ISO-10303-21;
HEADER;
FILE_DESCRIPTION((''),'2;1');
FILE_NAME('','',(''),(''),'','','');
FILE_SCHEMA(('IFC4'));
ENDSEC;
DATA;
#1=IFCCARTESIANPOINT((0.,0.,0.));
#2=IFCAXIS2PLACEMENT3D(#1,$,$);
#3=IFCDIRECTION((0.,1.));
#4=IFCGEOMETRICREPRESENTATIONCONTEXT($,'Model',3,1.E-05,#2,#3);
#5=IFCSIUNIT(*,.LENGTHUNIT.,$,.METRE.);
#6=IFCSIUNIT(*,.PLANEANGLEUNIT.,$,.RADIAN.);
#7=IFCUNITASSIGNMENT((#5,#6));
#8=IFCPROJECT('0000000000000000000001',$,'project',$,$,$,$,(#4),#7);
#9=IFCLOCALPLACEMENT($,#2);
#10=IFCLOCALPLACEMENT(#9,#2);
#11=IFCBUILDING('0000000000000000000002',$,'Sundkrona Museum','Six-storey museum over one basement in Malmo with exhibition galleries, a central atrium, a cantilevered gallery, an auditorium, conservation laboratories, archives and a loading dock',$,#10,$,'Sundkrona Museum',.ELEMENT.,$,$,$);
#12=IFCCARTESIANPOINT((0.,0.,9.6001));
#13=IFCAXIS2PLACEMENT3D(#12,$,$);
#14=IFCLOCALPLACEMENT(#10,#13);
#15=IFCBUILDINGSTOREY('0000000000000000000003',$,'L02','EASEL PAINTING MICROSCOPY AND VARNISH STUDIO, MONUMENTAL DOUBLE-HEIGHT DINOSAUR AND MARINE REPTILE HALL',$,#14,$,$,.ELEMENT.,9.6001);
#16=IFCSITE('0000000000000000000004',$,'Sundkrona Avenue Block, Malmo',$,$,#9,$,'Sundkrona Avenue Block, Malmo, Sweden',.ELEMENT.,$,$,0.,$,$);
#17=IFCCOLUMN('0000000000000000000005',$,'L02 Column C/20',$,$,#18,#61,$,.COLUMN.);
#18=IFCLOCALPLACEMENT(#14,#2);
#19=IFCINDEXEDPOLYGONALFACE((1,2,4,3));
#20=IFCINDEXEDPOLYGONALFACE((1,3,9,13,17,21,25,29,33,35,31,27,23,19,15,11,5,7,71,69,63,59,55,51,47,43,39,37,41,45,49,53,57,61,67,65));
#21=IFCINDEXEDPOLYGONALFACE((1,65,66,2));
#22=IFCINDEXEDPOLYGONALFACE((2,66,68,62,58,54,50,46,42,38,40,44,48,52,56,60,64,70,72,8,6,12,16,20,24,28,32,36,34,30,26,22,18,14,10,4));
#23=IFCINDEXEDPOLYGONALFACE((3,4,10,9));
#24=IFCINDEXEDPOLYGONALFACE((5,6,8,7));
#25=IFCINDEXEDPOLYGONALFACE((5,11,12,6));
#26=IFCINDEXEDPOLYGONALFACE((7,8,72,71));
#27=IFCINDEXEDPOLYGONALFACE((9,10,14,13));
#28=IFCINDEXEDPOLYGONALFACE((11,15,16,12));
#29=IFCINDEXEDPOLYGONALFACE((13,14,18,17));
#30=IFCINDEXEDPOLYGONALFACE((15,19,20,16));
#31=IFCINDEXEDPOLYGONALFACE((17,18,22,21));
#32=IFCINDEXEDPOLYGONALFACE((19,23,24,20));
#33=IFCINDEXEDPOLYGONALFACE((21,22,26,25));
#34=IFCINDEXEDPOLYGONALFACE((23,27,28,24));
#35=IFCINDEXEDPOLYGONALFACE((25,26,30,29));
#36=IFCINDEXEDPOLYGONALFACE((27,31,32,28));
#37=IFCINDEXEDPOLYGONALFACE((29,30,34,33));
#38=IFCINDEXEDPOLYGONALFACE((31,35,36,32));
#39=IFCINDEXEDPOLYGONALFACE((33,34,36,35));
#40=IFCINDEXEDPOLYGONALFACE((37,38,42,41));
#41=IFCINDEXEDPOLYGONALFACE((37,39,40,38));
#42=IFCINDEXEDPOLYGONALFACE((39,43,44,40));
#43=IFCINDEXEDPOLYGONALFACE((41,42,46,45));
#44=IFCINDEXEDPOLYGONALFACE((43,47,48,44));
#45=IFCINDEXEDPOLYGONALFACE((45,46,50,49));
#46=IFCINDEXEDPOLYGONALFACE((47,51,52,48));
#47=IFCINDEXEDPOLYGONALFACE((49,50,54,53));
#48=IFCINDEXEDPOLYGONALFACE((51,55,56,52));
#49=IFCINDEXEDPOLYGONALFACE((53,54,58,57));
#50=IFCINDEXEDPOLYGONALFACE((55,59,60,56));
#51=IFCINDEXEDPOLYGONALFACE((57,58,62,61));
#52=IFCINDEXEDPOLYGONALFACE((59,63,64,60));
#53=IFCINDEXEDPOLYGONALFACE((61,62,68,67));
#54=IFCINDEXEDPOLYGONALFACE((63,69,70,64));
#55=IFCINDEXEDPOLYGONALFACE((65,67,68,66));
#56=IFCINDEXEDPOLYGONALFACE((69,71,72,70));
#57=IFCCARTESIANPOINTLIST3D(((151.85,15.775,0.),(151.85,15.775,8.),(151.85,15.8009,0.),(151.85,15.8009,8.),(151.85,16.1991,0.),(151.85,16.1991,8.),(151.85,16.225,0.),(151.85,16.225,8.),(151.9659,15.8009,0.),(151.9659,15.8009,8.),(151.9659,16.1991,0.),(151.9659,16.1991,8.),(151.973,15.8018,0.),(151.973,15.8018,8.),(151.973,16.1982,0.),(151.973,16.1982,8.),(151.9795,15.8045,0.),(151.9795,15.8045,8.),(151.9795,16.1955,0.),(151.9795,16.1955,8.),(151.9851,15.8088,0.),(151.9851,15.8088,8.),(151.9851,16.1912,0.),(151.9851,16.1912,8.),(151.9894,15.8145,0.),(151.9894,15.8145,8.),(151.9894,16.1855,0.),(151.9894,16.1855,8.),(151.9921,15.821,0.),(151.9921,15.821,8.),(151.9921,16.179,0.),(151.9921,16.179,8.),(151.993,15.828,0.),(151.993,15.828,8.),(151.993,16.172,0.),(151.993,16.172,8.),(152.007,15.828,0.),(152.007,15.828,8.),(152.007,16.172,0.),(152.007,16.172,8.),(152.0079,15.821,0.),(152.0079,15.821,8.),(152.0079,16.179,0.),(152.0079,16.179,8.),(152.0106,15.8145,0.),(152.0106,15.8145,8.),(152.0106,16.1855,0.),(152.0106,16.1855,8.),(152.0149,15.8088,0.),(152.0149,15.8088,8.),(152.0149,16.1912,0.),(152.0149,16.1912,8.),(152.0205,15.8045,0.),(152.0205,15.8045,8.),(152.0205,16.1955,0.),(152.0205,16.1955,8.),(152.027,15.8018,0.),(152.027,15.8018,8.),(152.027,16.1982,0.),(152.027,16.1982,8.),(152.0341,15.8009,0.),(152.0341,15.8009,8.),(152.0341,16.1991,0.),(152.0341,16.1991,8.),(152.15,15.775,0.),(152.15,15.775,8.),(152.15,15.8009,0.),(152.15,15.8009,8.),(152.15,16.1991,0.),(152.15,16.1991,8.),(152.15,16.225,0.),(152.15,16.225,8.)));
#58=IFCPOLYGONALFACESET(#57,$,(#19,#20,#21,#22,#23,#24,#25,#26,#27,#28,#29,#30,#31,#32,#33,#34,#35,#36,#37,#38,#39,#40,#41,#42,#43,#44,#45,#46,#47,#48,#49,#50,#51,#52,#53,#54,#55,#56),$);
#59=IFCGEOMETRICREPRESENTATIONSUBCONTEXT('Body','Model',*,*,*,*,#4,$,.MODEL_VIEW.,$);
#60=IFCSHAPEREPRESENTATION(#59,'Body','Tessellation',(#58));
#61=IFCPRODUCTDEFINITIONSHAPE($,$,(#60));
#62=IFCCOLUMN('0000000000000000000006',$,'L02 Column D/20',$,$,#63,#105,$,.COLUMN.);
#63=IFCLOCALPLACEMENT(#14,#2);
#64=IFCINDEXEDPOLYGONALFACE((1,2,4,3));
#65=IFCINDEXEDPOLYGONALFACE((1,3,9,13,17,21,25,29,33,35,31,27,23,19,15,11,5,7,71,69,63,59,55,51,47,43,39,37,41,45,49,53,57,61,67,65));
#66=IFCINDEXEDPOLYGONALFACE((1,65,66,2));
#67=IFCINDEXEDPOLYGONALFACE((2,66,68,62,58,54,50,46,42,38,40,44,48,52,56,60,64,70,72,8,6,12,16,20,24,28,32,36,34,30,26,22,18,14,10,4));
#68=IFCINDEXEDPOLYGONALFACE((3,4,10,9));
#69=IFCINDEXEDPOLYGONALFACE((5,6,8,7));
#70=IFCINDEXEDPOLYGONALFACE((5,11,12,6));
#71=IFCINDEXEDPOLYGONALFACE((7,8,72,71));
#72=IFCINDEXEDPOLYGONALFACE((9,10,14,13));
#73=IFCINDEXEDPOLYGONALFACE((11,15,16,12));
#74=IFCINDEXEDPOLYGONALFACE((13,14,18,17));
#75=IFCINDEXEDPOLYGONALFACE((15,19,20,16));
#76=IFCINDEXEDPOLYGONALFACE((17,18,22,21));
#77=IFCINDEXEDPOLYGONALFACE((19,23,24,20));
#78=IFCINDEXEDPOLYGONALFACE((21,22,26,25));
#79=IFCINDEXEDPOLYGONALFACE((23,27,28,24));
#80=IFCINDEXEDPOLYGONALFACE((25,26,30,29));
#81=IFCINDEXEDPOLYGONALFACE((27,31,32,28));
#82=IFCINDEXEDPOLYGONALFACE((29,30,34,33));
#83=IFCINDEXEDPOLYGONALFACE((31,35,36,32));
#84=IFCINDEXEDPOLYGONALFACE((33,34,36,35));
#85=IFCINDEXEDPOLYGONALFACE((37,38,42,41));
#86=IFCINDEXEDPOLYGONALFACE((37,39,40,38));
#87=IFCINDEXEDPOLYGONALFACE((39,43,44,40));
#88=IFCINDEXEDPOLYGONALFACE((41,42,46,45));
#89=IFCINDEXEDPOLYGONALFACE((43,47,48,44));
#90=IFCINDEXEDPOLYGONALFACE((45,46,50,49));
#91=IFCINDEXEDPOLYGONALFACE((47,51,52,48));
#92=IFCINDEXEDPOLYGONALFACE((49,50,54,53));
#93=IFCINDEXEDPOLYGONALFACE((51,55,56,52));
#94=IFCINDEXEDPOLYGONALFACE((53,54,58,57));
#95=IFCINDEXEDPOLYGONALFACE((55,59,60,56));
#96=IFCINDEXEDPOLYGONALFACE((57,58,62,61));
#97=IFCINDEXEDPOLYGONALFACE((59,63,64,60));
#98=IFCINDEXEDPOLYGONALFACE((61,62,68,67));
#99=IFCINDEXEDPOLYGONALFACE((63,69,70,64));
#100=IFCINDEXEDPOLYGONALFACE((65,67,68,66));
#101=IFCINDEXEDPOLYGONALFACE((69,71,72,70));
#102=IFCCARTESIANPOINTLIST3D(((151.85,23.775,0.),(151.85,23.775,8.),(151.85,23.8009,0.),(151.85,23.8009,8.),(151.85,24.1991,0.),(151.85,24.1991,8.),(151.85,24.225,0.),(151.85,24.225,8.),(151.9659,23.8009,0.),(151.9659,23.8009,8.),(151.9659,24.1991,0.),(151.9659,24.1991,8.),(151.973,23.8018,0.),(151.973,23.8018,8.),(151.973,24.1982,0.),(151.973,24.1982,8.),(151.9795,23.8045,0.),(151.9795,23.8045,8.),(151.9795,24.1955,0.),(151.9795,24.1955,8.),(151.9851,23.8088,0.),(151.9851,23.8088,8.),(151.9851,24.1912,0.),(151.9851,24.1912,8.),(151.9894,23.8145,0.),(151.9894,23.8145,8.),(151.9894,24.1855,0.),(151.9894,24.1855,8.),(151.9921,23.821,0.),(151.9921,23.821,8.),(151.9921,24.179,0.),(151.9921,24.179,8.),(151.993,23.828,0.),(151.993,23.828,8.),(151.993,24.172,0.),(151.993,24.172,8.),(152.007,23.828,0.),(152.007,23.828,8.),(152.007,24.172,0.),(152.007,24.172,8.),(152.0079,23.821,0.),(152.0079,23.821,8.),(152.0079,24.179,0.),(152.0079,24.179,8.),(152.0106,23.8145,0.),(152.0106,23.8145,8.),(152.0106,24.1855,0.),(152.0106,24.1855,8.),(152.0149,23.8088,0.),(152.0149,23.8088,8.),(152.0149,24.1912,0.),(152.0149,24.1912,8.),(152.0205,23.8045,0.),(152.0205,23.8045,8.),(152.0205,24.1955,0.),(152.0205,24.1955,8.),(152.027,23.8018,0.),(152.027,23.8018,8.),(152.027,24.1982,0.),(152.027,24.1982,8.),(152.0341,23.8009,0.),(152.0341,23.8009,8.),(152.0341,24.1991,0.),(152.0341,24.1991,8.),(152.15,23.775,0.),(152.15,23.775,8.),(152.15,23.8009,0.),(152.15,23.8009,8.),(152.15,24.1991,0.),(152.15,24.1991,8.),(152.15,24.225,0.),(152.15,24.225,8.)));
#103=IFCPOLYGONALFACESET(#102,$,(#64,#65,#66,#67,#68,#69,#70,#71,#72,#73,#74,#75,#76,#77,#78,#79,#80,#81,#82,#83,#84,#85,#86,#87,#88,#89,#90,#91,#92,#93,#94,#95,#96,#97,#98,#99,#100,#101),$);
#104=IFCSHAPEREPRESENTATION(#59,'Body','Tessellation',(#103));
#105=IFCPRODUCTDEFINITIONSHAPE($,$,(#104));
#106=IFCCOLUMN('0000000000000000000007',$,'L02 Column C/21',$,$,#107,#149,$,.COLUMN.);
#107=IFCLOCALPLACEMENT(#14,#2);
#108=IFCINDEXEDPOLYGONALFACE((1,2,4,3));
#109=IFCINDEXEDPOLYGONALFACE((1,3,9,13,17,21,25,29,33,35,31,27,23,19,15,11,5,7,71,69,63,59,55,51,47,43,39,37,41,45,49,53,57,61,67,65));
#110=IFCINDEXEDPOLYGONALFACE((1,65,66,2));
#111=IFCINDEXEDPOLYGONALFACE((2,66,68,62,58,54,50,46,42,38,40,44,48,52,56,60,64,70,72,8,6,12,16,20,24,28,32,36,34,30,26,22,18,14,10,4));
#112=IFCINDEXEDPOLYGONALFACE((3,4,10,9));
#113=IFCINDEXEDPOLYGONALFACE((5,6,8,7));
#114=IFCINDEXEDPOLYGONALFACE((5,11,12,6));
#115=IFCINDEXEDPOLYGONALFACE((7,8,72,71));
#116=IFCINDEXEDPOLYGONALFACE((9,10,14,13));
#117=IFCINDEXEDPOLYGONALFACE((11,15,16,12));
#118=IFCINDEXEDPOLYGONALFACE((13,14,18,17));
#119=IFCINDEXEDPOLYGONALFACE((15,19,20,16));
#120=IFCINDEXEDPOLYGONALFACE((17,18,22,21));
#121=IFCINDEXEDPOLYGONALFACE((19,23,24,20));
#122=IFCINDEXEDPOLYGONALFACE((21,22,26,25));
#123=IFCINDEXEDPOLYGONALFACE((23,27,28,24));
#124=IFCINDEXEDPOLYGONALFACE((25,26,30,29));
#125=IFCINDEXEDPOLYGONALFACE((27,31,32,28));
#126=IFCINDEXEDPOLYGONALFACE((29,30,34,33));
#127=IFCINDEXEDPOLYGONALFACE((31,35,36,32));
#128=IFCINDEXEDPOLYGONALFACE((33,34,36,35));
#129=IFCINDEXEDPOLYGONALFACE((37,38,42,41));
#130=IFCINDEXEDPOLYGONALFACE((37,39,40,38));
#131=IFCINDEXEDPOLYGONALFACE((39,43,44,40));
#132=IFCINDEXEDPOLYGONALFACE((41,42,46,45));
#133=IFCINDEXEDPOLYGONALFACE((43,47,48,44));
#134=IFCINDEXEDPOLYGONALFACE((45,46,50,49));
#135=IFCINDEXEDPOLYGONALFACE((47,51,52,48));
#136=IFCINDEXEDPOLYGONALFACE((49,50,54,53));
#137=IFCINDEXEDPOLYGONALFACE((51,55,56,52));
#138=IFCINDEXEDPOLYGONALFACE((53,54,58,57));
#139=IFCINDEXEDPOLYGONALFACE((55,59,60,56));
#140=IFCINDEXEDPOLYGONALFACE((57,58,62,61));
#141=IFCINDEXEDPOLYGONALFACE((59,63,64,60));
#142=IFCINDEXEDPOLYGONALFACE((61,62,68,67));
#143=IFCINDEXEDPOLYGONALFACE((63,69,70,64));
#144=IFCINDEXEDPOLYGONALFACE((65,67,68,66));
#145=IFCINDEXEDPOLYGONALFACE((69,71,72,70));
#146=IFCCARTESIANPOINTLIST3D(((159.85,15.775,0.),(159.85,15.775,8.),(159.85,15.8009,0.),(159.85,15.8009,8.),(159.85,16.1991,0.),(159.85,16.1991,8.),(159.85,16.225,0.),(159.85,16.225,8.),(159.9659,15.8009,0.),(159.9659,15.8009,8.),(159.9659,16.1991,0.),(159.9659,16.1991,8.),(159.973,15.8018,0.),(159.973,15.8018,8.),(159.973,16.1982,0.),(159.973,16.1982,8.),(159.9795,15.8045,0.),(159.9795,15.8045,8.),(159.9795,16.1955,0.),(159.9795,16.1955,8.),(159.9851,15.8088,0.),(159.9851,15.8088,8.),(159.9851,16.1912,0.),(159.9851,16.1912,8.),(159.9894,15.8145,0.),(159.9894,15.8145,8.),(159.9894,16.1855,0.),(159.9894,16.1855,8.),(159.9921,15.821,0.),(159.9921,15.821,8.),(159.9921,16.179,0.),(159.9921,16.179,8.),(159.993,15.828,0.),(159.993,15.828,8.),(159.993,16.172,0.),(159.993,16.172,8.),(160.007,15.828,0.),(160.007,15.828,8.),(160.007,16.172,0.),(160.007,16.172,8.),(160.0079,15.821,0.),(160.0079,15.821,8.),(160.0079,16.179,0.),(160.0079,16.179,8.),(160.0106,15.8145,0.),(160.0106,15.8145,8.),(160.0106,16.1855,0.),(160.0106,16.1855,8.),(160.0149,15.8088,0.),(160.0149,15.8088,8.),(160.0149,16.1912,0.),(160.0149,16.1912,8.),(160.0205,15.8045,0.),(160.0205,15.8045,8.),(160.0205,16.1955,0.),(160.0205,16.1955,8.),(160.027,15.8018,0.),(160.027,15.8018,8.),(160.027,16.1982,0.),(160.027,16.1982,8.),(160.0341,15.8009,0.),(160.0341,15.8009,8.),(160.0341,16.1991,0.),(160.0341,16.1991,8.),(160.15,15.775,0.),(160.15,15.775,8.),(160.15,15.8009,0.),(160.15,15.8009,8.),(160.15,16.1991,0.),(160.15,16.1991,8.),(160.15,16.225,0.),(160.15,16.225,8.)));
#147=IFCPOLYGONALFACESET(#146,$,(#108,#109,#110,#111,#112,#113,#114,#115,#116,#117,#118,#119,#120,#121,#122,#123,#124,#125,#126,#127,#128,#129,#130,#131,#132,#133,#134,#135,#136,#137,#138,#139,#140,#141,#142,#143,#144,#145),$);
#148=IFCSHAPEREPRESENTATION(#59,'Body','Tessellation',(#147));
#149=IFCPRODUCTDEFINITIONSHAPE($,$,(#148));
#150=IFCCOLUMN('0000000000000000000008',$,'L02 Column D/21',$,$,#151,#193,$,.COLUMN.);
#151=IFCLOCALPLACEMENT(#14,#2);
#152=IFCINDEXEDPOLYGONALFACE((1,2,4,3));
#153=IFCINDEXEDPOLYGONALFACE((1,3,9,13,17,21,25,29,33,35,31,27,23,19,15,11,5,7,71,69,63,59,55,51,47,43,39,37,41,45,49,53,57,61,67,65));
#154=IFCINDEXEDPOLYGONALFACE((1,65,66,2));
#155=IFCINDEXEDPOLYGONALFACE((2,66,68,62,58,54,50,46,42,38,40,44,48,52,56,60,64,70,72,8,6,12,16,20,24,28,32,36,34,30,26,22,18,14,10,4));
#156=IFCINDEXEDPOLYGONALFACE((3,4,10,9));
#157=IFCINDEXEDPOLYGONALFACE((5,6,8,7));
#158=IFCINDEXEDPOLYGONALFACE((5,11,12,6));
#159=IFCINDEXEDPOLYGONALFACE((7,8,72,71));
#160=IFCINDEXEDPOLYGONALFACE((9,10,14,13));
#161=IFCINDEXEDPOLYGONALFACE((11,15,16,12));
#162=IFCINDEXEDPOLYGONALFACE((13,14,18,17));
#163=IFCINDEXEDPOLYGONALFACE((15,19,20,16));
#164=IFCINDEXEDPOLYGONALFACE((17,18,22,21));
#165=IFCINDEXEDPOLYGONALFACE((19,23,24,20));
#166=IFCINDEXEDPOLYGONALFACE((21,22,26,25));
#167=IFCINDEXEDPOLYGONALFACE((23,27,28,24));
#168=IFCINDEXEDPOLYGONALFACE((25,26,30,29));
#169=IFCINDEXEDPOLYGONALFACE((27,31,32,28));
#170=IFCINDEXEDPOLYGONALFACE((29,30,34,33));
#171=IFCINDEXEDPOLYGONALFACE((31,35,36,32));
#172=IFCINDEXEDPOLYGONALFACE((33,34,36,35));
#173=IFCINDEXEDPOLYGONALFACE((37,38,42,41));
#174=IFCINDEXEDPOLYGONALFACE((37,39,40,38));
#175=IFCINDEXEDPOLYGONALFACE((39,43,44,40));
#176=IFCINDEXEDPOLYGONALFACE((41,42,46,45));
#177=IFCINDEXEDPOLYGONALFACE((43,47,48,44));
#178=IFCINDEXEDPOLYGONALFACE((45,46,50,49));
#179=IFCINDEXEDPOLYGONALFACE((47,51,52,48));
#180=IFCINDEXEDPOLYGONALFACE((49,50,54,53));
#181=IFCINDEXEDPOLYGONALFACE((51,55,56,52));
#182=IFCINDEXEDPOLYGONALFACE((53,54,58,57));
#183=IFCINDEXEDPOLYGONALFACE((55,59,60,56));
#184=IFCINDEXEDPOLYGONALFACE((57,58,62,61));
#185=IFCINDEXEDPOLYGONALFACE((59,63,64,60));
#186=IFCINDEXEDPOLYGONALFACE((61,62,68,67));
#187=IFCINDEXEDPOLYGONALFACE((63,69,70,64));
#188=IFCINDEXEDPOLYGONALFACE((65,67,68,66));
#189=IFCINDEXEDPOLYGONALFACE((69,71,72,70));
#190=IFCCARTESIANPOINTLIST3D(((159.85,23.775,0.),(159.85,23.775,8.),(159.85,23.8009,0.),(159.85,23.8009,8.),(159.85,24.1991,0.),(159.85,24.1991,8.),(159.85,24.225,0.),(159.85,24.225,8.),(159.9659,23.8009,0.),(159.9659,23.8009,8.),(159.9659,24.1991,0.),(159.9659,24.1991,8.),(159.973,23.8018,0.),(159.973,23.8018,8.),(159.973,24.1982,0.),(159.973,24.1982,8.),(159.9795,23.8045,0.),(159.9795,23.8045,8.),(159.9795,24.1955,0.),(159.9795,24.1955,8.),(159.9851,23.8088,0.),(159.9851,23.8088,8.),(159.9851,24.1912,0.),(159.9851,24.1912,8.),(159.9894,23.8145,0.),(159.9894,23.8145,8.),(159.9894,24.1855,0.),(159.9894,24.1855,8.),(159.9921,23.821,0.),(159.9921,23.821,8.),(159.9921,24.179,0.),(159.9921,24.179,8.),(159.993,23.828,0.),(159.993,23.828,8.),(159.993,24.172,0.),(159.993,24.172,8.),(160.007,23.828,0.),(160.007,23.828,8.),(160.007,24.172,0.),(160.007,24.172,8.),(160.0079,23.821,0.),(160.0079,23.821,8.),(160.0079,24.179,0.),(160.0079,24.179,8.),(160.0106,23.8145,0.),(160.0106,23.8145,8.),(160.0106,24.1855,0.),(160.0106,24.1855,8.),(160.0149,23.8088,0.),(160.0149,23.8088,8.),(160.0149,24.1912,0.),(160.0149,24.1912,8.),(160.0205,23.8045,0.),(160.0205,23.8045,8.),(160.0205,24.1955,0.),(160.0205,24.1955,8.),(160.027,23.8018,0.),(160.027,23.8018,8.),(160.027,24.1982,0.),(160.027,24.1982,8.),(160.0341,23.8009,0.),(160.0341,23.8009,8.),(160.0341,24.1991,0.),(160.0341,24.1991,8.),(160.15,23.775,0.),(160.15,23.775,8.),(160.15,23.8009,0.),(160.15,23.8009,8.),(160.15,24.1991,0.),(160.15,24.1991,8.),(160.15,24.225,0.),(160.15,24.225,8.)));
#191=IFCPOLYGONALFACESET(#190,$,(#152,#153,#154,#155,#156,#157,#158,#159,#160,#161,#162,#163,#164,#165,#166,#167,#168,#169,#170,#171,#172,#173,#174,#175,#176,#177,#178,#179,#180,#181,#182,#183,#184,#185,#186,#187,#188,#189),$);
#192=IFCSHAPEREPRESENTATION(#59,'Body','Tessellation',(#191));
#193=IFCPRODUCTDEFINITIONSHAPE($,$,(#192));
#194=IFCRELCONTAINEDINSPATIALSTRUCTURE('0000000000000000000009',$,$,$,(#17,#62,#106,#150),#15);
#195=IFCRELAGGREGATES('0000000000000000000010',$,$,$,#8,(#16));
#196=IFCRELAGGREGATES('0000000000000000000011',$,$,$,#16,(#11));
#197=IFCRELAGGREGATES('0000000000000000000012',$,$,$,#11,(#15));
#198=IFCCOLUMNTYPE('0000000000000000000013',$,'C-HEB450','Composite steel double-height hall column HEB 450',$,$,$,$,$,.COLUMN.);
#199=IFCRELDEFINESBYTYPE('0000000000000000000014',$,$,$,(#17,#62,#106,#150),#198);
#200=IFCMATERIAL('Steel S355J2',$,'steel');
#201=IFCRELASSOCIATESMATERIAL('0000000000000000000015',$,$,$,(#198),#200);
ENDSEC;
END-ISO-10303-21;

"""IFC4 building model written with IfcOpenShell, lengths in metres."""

from ifc_helpers import new_model, si_unit, direction, frame, origin, origin_2d, place, context, subcontext, project, spatial, i_section, extrude, material, material_profile, profile_set, type_object, element, save


model = new_model("IFC4")

# Units and contexts
model_context = context("Model", 3, precision=1e-05, world=origin(), true_north=direction((0.0, 1.0)))
body_context = subcontext(model_context, "Body", "Model", "MODEL_VIEW")
ifc_project = project(units=[si_unit("LENGTHUNIT", "METRE"), si_unit("PLANEANGLEUNIT", "RADIAN")], contexts=[model_context])

# Site, building, storey
site_placement = place(None, origin())
site = spatial("IfcSite", under=ifc_project, at=site_placement, Name="Sundkrona Avenue Block, Malmo", LongName="Sundkrona Avenue Block, Malmo, Sweden", CompositionType="ELEMENT", RefElevation=0.0)
building_placement = place(site_placement, origin())
building = spatial("IfcBuilding", under=site, at=building_placement, Name="Sundkrona Museum", Description="Six-storey museum over one basement in Malmo with exhibition galleries, a central atrium, a cantilevered gallery, an auditorium, conservation laboratories, archives and a loading dock", LongName="Sundkrona Museum", CompositionType="ELEMENT")
storey_placement = place(building_placement, frame((0.0, 0.0, 9.6001)))
storey = spatial("IfcBuildingStorey", under=building, at=storey_placement, Name="L02", Description="EASEL PAINTING MICROSCOPY AND VARNISH STUDIO, MONUMENTAL DOUBLE-HEIGHT DINOSAUR AND MARINE REPTILE HALL", CompositionType="ELEMENT", Elevation=9.6001)

# Columns
ifc_material_1 = material(Name="Steel S355J2", Category="steel")
ifc_material_profile_1 = material_profile(ifc_material_1, i_section(OverallWidth=0.3, OverallDepth=0.45, WebThickness=0.0139, FlangeThickness=0.0259, FilletRadius=0.0271, at=origin_2d()), Name="HEB 450")
ifc_profile_set_1 = profile_set([ifc_material_profile_1], Name="Steel S355J2")
column_type = type_object("IfcColumnType", Name="C-HEB450", Description="Composite steel double-height hall column HEB 450", PredefinedType="COLUMN", material=ifc_profile_set_1)
for number, where, z_axis, x_axis, name in (
    (1, (152.0, 16.0, 0.0), (0.0, 0.0, 1.0), (1.0, 0.0, 0.0), "L02 Column C/20"),
    (2, (152.0, 24.0, 0.0), (0.0, 0.0, 1.0), (1.0, 0.0, 0.0), "L02 Column D/20"),
    (3, (160.0, 16.0, 0.0), (0.0, 0.0, 1.0), (1.0, 0.0, 0.0), "L02 Column C/21"),
    (4, (160.0, 24.0, 0.0), (0.0, 0.0, 1.0), (1.0, 0.0, 0.0), "L02 Column D/21"),
):
    element("IfcColumn", number, at=place(storey_placement, frame(where, z_axis=z_axis, x_axis=x_axis)), inside=storey, type_object=column_type, Name=name, PredefinedType="COLUMN", context=body_context, shape_type="SweptSolid", body=[
        extrude(i_section(OverallWidth=0.3, OverallDepth=0.45, WebThickness=0.0139, FlangeThickness=0.0259, FilletRadius=0.0271, at=origin_2d()), origin(), (0.0, 0.0, 1.0), 8.0),
    ])

save(model, "model.ifc")
